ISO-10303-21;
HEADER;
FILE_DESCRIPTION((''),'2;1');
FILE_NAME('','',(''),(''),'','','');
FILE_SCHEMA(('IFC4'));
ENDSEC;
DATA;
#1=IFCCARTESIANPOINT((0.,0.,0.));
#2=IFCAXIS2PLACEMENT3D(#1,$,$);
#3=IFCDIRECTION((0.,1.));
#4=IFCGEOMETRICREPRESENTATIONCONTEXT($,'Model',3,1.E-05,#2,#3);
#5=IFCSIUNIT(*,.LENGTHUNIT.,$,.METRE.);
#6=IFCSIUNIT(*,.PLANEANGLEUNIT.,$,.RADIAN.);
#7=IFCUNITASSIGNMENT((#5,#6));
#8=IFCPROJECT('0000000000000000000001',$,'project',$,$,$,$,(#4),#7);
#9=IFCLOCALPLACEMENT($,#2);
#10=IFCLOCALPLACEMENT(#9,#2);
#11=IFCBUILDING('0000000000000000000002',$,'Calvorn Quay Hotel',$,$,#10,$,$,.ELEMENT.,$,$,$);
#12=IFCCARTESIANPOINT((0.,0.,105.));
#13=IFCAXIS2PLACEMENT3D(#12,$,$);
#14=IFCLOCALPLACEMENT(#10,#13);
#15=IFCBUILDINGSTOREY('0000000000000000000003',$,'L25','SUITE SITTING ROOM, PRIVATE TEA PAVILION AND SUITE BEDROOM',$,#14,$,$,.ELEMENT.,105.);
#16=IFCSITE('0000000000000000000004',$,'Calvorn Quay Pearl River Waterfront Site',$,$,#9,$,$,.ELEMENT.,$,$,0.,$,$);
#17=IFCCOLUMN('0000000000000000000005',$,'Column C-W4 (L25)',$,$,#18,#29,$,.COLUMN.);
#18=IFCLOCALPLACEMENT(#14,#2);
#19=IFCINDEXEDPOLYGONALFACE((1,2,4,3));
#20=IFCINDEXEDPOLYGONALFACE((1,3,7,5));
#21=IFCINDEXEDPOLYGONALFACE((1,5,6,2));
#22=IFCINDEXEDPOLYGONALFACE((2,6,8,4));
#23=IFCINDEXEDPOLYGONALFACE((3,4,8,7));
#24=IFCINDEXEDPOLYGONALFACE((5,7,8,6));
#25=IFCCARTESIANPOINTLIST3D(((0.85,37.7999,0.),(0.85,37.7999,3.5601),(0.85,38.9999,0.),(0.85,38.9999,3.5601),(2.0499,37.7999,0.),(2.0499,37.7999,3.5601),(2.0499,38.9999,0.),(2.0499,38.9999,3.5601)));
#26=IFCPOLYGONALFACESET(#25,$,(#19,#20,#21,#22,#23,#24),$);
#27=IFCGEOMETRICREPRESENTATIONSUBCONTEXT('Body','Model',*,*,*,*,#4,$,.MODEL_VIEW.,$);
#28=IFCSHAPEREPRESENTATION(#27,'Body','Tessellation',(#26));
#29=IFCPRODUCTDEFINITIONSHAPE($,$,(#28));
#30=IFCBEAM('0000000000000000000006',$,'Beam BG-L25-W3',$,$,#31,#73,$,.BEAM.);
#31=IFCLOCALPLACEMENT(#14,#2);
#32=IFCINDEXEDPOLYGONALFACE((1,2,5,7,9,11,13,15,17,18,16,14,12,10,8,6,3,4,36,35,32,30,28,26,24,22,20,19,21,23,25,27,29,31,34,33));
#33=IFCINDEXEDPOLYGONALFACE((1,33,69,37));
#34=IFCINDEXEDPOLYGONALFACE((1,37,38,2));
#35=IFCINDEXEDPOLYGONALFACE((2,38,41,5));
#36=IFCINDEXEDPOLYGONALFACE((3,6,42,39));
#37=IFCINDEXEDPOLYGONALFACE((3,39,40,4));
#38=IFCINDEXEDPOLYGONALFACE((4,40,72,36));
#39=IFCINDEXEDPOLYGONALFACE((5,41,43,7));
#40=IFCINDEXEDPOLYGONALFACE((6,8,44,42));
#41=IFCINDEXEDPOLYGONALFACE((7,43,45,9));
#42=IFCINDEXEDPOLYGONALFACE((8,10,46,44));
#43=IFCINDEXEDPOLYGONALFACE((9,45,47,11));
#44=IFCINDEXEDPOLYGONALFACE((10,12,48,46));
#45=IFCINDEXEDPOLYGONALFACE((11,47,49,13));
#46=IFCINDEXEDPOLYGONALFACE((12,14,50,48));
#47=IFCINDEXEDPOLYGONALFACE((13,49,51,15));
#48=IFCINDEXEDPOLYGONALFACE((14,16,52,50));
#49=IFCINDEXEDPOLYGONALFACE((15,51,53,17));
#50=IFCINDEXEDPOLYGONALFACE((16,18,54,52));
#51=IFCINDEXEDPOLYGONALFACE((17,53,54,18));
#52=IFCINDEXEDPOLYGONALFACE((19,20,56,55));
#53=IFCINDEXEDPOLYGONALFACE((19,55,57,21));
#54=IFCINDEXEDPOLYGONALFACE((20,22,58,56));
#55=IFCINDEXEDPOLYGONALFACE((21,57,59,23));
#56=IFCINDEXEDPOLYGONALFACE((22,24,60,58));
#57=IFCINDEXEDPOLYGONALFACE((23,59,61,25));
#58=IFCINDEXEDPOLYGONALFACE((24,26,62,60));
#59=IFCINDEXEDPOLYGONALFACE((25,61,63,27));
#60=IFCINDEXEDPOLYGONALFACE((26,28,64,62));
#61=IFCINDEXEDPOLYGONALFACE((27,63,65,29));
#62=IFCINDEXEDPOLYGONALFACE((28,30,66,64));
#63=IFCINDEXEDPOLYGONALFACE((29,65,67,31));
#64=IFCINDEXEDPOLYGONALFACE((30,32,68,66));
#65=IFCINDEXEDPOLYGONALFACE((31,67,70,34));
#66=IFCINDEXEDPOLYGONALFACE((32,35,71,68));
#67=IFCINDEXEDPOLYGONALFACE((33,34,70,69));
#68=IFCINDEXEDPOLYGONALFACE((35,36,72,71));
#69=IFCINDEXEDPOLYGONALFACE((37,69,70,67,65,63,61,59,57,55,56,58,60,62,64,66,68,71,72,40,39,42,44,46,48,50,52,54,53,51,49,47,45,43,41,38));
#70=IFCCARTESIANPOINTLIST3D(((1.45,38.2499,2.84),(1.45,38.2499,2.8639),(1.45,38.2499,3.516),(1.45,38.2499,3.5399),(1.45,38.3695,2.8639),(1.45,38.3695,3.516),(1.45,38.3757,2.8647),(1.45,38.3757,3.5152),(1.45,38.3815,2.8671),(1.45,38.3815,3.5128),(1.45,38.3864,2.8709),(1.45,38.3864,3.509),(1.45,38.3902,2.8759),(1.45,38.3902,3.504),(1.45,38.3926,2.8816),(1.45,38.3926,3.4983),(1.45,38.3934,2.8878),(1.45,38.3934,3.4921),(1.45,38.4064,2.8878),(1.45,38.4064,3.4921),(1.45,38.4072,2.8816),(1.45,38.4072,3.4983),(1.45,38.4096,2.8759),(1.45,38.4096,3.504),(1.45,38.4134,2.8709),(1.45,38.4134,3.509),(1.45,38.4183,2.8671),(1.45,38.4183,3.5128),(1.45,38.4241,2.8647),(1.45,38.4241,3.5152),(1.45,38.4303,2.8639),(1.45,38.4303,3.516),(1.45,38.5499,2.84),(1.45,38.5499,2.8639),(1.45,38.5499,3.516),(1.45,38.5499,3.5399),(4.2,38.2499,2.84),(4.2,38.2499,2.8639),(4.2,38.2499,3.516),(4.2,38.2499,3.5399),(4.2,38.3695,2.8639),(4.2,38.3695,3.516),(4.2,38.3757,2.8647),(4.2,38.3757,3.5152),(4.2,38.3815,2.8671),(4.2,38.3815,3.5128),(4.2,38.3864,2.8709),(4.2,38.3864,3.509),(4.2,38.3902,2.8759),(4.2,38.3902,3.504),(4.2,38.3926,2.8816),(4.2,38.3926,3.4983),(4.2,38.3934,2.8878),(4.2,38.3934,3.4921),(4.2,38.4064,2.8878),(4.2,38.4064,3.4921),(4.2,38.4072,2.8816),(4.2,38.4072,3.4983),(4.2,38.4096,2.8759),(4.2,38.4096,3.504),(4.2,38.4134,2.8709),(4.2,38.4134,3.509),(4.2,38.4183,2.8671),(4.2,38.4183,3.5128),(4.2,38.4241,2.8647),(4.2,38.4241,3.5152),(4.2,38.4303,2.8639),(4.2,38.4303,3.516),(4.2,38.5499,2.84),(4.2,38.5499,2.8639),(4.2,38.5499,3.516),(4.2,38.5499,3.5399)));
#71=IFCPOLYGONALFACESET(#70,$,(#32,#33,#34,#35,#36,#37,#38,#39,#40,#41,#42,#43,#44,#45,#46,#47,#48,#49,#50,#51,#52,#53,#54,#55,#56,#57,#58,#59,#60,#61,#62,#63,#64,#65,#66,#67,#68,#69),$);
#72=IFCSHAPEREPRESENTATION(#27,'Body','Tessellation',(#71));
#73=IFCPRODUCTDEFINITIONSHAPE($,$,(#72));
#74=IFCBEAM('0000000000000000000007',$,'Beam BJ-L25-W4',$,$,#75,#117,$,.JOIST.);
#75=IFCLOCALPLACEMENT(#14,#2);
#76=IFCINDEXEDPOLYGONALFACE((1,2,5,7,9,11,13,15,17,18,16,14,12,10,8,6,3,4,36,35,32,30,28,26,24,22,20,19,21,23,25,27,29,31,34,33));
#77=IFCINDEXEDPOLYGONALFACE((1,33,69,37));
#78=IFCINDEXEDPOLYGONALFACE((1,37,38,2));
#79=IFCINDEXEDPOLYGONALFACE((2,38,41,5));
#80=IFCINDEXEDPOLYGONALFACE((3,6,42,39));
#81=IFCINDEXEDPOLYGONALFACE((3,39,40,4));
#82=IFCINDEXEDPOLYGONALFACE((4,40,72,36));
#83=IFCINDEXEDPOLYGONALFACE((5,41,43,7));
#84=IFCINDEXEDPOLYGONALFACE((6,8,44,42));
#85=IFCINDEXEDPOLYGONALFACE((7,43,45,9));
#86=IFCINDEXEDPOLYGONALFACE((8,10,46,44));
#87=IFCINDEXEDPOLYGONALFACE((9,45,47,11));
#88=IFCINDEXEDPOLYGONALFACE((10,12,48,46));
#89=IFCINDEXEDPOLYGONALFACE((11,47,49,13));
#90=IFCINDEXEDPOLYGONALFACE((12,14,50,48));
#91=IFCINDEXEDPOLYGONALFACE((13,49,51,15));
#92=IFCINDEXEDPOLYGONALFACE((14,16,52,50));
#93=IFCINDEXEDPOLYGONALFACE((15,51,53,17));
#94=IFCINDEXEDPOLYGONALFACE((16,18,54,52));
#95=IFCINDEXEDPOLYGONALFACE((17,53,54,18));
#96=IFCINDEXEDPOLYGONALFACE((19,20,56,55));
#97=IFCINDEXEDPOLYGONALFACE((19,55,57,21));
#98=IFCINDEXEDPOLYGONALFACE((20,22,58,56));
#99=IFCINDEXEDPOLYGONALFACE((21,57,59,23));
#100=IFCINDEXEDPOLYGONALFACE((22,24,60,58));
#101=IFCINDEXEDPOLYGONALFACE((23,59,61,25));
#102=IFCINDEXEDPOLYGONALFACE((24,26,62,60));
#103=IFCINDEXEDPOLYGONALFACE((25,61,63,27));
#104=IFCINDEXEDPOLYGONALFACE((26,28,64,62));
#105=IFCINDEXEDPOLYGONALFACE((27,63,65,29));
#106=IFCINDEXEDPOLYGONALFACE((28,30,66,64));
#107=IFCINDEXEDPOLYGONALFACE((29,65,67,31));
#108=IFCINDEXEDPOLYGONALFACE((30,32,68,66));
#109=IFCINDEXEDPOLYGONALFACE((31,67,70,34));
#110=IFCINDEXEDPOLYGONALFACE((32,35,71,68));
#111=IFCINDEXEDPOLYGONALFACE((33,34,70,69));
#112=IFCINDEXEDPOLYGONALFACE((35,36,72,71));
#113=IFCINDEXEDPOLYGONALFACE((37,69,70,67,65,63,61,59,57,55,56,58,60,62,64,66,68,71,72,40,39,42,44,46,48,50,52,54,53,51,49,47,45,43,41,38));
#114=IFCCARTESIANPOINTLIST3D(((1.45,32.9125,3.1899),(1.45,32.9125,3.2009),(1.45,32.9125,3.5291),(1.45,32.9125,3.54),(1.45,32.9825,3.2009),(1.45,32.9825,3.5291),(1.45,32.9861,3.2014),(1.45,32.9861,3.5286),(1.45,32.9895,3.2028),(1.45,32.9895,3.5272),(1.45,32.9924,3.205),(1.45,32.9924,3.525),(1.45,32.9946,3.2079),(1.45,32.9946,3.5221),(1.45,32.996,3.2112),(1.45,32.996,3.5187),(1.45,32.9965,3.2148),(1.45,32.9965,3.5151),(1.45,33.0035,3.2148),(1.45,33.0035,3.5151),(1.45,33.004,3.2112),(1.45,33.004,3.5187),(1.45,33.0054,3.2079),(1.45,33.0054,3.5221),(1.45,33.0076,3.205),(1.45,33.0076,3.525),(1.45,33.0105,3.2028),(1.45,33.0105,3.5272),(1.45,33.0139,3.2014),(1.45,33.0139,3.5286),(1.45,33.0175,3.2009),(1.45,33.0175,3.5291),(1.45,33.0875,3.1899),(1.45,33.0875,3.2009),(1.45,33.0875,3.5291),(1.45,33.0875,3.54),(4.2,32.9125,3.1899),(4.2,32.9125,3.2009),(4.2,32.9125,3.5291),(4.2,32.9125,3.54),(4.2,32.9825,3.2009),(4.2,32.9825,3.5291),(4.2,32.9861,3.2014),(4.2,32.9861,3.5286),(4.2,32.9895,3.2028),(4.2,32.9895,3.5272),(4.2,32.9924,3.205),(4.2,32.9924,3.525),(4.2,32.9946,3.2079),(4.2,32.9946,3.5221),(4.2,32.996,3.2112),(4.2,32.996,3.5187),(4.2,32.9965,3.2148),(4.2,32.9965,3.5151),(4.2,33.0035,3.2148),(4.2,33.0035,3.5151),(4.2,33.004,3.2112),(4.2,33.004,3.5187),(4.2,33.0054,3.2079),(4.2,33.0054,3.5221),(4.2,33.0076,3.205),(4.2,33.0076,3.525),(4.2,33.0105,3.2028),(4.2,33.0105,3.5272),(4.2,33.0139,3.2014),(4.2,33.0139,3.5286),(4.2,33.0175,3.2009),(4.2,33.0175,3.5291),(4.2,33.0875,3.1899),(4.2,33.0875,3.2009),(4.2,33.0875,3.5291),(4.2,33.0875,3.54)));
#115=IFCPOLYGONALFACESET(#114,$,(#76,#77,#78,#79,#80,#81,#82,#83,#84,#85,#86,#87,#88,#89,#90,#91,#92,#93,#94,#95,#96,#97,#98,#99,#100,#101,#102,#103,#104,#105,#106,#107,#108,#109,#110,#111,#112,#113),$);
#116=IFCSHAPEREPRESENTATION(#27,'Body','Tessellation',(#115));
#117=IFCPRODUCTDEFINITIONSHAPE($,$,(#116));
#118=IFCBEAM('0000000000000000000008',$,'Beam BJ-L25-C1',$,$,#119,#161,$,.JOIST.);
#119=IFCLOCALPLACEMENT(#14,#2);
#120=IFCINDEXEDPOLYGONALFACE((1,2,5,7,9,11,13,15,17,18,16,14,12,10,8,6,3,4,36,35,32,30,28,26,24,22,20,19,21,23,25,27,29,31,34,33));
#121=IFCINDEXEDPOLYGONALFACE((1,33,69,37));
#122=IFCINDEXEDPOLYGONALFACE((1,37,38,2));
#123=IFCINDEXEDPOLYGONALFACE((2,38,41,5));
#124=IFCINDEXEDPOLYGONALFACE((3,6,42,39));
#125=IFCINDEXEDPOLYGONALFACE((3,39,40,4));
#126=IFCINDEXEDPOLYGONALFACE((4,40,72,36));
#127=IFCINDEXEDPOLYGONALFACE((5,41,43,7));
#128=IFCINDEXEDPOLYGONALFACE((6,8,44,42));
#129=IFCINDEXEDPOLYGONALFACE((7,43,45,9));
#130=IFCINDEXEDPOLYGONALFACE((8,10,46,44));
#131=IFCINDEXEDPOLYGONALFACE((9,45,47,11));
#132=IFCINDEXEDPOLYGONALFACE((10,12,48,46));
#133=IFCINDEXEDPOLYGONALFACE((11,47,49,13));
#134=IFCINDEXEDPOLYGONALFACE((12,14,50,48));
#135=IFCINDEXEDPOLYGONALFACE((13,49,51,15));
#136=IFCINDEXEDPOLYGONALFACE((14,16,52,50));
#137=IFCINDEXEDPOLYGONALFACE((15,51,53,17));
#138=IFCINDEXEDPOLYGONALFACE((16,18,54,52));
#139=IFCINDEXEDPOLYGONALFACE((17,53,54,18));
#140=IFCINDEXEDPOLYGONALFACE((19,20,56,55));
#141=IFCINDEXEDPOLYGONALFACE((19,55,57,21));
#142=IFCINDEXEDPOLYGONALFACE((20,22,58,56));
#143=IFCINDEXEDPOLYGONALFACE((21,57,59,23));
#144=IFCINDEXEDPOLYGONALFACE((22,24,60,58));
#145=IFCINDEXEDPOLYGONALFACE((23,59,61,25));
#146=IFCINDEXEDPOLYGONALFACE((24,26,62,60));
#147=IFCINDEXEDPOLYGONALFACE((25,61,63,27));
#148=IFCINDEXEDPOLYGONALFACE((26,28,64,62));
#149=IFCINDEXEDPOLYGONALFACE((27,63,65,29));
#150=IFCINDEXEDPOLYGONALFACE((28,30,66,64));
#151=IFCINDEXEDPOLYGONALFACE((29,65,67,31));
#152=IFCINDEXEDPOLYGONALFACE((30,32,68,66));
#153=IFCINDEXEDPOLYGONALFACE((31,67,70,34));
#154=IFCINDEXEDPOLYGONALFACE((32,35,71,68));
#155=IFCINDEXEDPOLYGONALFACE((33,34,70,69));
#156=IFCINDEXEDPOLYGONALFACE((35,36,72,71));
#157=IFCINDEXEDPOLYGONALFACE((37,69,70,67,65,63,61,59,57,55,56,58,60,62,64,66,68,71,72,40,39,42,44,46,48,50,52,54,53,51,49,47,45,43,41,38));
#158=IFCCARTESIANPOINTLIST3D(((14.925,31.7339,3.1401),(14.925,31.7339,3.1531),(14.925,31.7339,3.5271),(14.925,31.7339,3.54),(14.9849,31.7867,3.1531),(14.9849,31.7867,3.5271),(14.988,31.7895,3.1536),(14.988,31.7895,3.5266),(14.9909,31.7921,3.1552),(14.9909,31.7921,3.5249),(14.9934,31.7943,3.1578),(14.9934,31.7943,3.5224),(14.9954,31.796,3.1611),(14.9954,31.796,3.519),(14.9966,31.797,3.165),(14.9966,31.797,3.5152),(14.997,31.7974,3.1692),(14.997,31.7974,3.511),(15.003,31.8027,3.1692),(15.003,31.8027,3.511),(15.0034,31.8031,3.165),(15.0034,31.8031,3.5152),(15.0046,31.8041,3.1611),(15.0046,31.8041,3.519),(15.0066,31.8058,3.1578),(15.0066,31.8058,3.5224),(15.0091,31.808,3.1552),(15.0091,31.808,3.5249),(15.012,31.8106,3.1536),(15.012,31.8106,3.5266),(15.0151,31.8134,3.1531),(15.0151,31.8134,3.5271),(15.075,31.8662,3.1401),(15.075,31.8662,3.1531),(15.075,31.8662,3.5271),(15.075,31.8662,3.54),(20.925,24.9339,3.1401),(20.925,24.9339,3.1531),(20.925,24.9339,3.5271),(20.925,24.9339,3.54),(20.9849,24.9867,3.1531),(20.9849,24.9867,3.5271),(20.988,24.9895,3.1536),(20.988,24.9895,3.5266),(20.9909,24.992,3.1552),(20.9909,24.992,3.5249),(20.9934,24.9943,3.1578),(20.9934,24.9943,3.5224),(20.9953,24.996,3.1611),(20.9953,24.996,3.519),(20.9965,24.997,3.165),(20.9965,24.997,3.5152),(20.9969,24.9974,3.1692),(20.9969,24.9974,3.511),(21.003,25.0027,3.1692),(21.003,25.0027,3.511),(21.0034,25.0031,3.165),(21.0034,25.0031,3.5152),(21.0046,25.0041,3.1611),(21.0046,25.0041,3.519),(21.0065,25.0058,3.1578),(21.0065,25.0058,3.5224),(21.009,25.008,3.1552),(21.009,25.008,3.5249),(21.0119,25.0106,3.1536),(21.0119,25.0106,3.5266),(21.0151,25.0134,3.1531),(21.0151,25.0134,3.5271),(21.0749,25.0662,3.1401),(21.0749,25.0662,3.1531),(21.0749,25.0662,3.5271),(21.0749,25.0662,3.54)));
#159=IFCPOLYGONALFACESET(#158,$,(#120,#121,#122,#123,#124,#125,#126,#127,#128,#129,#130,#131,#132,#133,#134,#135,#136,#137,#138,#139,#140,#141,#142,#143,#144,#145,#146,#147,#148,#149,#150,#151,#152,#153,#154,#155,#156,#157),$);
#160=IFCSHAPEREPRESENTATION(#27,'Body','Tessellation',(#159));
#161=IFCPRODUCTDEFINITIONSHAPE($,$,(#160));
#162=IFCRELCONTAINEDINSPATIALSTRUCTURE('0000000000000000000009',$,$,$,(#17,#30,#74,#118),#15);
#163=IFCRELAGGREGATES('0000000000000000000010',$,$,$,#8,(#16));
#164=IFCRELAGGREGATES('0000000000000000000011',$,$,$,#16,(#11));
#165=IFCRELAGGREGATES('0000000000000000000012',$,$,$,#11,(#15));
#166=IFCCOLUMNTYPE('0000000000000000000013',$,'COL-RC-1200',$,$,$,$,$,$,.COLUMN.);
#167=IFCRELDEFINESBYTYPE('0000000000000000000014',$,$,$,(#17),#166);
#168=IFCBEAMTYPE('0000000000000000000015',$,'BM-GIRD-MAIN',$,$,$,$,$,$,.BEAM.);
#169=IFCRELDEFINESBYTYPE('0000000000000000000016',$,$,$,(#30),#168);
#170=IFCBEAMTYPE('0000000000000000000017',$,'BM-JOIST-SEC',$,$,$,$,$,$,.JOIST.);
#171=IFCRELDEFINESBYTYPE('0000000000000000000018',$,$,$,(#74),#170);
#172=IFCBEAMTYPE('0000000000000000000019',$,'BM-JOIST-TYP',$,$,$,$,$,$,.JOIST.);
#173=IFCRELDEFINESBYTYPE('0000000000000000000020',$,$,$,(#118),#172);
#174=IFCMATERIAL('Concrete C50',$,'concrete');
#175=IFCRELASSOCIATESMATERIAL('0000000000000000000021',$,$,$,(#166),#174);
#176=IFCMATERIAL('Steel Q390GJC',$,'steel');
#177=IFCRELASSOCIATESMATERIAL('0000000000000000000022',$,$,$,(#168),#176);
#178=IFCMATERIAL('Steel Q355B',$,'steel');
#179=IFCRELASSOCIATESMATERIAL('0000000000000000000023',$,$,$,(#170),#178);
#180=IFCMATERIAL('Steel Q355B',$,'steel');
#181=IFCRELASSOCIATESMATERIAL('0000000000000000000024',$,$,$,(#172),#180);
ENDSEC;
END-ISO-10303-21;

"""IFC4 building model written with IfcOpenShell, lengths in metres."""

from ifc_helpers import new_model, si_unit, direction, frame, origin, origin_2d, place, context, subcontext, project, spatial, rectangle, i_section, extrude, material, material_profile, profile_set, type_object, element, save


model = new_model("IFC4")

# Units and contexts
model_context = context("Model", 3, precision=1e-05, world=origin(), true_north=direction((0.0, 1.0)))
body_context = subcontext(model_context, "Body", "Model", "MODEL_VIEW")
ifc_project = project(units=[si_unit("LENGTHUNIT", "METRE"), si_unit("PLANEANGLEUNIT", "RADIAN")], contexts=[model_context])

# Site, building, storey
site_placement = place(None, origin())
site = spatial("IfcSite", under=ifc_project, at=site_placement, Name="Calvorn Quay Pearl River Waterfront Site", CompositionType="ELEMENT", RefElevation=0.0)
building_placement = place(site_placement, origin())
building = spatial("IfcBuilding", under=site, at=building_placement, Name="Calvorn Quay Hotel", CompositionType="ELEMENT")
storey_placement = place(building_placement, frame((0.0, 0.0, 105.0)))
storey = spatial("IfcBuildingStorey", under=building, at=storey_placement, Name="L25", Description="SUITE SITTING ROOM, PRIVATE TEA PAVILION AND SUITE BEDROOM", CompositionType="ELEMENT", Elevation=105.0)

# Column
ifc_material_1 = material(Name="Concrete C50", Category="concrete")
ifc_material_profile_1 = material_profile(ifc_material_1, rectangle(XDim=1.2, YDim=1.2, at=origin_2d()), Name="RC1200x1200")
ifc_profile_set_1 = profile_set([ifc_material_profile_1], Name="Concrete C50")
column_type = type_object("IfcColumnType", Name="COL-RC-1200", PredefinedType="COLUMN", material=ifc_profile_set_1)
column_placement = place(storey_placement, frame((1.45, 38.3999, 0.0), z_axis=(0.0, 0.0, 1.0), x_axis=(1.0, 0.0, 0.0)))
element("IfcColumn", 1, at=column_placement, inside=storey, type_object=column_type, Name="Column C-W4 (L25)", PredefinedType="COLUMN", context=body_context, shape_type="SweptSolid", body=[
    extrude(rectangle(XDim=1.2, YDim=1.2, at=origin_2d()), origin(), (0.0, 0.0, 1.0), 3.5601),
])

# Beams
ifc_material_2 = material(Name="Steel Q390GJC", Category="steel")
ifc_material_profile_2 = material_profile(ifc_material_2, i_section(OverallWidth=0.3, OverallDepth=0.7, WebThickness=0.0129, FlangeThickness=0.0239, FilletRadius=0.0239, at=origin_2d()), Name="HN700x300x13x24")
ifc_profile_set_2 = profile_set([ifc_material_profile_2], Name="Steel Q390GJC")
beam_type_1 = type_object("IfcBeamType", Name="BM-GIRD-MAIN", PredefinedType="BEAM", material=ifc_profile_set_2)
beam_1_placement = place(storey_placement, frame((1.45, 38.3999, 3.1899), z_axis=(1.0, 0.0, 0.0), x_axis=(0.0, 1.0, 0.0)))
element("IfcBeam", 2, at=beam_1_placement, inside=storey, type_object=beam_type_1, Name="Beam BG-L25-W3", PredefinedType="BEAM", context=body_context, shape_type="SweptSolid", body=[
    extrude(i_section(OverallWidth=0.3, OverallDepth=0.7, WebThickness=0.0129, FlangeThickness=0.0239, FilletRadius=0.0239, at=origin_2d()), origin(), (0.0, 0.0, 1.0), 2.75),
])
ifc_material_3 = material(Name="Steel Q355B", Category="steel")
ifc_material_profile_3 = material_profile(ifc_material_3, i_section(OverallWidth=0.175, OverallDepth=0.3501, WebThickness=0.0071, FlangeThickness=0.011, FilletRadius=0.0139, at=origin_2d()), Name="HN350x175x7x11")
ifc_profile_set_3 = profile_set([ifc_material_profile_3], Name="Steel Q355B")
beam_type_2 = type_object("IfcBeamType", Name="BM-JOIST-SEC", PredefinedType="JOIST", material=ifc_profile_set_3)
beam_2_placement = place(storey_placement, frame((1.45, 33.0, 3.365), z_axis=(1.0, 0.0, 0.0), x_axis=(0.0, 1.0, 0.0)))
element("IfcBeam", 3, at=beam_2_placement, inside=storey, type_object=beam_type_2, Name="Beam BJ-L25-W4", PredefinedType="JOIST", context=body_context, shape_type="SweptSolid", body=[
    extrude(i_section(OverallWidth=0.175, OverallDepth=0.3501, WebThickness=0.0071, FlangeThickness=0.011, FilletRadius=0.0139, at=origin_2d()), origin(), (0.0, 0.0, 1.0), 2.75),
])
ifc_material_4 = material(Name="Steel Q355B", Category="steel")
ifc_material_profile_4 = material_profile(ifc_material_4, i_section(OverallWidth=0.2, OverallDepth=0.3999, WebThickness=0.0081, FlangeThickness=0.0129, FilletRadius=0.0161, at=origin_2d()), Name="HN400x200x8x13")
ifc_profile_set_4 = profile_set([ifc_material_profile_4], Name="Steel Q355B")
beam_type_3 = type_object("IfcBeamType", Name="BM-JOIST-TYP", PredefinedType="JOIST", material=ifc_profile_set_4)
beam_3_placement = place(storey_placement, frame((15.0, 31.8, 3.3401), z_axis=(0.661619, -0.74984, 0.0), x_axis=(0.74984, 0.661619, 0.0)))
element("IfcBeam", 4, at=beam_3_placement, inside=storey, type_object=beam_type_3, Name="Beam BJ-L25-C1", PredefinedType="JOIST", context=body_context, shape_type="SweptSolid", body=[
    extrude(i_section(OverallWidth=0.2, OverallDepth=0.3999, WebThickness=0.0081, FlangeThickness=0.0129, FilletRadius=0.0161, at=origin_2d()), origin(), (0.0, 0.0, 1.0), 9.0686),
])

save(model, "model.ifc")
